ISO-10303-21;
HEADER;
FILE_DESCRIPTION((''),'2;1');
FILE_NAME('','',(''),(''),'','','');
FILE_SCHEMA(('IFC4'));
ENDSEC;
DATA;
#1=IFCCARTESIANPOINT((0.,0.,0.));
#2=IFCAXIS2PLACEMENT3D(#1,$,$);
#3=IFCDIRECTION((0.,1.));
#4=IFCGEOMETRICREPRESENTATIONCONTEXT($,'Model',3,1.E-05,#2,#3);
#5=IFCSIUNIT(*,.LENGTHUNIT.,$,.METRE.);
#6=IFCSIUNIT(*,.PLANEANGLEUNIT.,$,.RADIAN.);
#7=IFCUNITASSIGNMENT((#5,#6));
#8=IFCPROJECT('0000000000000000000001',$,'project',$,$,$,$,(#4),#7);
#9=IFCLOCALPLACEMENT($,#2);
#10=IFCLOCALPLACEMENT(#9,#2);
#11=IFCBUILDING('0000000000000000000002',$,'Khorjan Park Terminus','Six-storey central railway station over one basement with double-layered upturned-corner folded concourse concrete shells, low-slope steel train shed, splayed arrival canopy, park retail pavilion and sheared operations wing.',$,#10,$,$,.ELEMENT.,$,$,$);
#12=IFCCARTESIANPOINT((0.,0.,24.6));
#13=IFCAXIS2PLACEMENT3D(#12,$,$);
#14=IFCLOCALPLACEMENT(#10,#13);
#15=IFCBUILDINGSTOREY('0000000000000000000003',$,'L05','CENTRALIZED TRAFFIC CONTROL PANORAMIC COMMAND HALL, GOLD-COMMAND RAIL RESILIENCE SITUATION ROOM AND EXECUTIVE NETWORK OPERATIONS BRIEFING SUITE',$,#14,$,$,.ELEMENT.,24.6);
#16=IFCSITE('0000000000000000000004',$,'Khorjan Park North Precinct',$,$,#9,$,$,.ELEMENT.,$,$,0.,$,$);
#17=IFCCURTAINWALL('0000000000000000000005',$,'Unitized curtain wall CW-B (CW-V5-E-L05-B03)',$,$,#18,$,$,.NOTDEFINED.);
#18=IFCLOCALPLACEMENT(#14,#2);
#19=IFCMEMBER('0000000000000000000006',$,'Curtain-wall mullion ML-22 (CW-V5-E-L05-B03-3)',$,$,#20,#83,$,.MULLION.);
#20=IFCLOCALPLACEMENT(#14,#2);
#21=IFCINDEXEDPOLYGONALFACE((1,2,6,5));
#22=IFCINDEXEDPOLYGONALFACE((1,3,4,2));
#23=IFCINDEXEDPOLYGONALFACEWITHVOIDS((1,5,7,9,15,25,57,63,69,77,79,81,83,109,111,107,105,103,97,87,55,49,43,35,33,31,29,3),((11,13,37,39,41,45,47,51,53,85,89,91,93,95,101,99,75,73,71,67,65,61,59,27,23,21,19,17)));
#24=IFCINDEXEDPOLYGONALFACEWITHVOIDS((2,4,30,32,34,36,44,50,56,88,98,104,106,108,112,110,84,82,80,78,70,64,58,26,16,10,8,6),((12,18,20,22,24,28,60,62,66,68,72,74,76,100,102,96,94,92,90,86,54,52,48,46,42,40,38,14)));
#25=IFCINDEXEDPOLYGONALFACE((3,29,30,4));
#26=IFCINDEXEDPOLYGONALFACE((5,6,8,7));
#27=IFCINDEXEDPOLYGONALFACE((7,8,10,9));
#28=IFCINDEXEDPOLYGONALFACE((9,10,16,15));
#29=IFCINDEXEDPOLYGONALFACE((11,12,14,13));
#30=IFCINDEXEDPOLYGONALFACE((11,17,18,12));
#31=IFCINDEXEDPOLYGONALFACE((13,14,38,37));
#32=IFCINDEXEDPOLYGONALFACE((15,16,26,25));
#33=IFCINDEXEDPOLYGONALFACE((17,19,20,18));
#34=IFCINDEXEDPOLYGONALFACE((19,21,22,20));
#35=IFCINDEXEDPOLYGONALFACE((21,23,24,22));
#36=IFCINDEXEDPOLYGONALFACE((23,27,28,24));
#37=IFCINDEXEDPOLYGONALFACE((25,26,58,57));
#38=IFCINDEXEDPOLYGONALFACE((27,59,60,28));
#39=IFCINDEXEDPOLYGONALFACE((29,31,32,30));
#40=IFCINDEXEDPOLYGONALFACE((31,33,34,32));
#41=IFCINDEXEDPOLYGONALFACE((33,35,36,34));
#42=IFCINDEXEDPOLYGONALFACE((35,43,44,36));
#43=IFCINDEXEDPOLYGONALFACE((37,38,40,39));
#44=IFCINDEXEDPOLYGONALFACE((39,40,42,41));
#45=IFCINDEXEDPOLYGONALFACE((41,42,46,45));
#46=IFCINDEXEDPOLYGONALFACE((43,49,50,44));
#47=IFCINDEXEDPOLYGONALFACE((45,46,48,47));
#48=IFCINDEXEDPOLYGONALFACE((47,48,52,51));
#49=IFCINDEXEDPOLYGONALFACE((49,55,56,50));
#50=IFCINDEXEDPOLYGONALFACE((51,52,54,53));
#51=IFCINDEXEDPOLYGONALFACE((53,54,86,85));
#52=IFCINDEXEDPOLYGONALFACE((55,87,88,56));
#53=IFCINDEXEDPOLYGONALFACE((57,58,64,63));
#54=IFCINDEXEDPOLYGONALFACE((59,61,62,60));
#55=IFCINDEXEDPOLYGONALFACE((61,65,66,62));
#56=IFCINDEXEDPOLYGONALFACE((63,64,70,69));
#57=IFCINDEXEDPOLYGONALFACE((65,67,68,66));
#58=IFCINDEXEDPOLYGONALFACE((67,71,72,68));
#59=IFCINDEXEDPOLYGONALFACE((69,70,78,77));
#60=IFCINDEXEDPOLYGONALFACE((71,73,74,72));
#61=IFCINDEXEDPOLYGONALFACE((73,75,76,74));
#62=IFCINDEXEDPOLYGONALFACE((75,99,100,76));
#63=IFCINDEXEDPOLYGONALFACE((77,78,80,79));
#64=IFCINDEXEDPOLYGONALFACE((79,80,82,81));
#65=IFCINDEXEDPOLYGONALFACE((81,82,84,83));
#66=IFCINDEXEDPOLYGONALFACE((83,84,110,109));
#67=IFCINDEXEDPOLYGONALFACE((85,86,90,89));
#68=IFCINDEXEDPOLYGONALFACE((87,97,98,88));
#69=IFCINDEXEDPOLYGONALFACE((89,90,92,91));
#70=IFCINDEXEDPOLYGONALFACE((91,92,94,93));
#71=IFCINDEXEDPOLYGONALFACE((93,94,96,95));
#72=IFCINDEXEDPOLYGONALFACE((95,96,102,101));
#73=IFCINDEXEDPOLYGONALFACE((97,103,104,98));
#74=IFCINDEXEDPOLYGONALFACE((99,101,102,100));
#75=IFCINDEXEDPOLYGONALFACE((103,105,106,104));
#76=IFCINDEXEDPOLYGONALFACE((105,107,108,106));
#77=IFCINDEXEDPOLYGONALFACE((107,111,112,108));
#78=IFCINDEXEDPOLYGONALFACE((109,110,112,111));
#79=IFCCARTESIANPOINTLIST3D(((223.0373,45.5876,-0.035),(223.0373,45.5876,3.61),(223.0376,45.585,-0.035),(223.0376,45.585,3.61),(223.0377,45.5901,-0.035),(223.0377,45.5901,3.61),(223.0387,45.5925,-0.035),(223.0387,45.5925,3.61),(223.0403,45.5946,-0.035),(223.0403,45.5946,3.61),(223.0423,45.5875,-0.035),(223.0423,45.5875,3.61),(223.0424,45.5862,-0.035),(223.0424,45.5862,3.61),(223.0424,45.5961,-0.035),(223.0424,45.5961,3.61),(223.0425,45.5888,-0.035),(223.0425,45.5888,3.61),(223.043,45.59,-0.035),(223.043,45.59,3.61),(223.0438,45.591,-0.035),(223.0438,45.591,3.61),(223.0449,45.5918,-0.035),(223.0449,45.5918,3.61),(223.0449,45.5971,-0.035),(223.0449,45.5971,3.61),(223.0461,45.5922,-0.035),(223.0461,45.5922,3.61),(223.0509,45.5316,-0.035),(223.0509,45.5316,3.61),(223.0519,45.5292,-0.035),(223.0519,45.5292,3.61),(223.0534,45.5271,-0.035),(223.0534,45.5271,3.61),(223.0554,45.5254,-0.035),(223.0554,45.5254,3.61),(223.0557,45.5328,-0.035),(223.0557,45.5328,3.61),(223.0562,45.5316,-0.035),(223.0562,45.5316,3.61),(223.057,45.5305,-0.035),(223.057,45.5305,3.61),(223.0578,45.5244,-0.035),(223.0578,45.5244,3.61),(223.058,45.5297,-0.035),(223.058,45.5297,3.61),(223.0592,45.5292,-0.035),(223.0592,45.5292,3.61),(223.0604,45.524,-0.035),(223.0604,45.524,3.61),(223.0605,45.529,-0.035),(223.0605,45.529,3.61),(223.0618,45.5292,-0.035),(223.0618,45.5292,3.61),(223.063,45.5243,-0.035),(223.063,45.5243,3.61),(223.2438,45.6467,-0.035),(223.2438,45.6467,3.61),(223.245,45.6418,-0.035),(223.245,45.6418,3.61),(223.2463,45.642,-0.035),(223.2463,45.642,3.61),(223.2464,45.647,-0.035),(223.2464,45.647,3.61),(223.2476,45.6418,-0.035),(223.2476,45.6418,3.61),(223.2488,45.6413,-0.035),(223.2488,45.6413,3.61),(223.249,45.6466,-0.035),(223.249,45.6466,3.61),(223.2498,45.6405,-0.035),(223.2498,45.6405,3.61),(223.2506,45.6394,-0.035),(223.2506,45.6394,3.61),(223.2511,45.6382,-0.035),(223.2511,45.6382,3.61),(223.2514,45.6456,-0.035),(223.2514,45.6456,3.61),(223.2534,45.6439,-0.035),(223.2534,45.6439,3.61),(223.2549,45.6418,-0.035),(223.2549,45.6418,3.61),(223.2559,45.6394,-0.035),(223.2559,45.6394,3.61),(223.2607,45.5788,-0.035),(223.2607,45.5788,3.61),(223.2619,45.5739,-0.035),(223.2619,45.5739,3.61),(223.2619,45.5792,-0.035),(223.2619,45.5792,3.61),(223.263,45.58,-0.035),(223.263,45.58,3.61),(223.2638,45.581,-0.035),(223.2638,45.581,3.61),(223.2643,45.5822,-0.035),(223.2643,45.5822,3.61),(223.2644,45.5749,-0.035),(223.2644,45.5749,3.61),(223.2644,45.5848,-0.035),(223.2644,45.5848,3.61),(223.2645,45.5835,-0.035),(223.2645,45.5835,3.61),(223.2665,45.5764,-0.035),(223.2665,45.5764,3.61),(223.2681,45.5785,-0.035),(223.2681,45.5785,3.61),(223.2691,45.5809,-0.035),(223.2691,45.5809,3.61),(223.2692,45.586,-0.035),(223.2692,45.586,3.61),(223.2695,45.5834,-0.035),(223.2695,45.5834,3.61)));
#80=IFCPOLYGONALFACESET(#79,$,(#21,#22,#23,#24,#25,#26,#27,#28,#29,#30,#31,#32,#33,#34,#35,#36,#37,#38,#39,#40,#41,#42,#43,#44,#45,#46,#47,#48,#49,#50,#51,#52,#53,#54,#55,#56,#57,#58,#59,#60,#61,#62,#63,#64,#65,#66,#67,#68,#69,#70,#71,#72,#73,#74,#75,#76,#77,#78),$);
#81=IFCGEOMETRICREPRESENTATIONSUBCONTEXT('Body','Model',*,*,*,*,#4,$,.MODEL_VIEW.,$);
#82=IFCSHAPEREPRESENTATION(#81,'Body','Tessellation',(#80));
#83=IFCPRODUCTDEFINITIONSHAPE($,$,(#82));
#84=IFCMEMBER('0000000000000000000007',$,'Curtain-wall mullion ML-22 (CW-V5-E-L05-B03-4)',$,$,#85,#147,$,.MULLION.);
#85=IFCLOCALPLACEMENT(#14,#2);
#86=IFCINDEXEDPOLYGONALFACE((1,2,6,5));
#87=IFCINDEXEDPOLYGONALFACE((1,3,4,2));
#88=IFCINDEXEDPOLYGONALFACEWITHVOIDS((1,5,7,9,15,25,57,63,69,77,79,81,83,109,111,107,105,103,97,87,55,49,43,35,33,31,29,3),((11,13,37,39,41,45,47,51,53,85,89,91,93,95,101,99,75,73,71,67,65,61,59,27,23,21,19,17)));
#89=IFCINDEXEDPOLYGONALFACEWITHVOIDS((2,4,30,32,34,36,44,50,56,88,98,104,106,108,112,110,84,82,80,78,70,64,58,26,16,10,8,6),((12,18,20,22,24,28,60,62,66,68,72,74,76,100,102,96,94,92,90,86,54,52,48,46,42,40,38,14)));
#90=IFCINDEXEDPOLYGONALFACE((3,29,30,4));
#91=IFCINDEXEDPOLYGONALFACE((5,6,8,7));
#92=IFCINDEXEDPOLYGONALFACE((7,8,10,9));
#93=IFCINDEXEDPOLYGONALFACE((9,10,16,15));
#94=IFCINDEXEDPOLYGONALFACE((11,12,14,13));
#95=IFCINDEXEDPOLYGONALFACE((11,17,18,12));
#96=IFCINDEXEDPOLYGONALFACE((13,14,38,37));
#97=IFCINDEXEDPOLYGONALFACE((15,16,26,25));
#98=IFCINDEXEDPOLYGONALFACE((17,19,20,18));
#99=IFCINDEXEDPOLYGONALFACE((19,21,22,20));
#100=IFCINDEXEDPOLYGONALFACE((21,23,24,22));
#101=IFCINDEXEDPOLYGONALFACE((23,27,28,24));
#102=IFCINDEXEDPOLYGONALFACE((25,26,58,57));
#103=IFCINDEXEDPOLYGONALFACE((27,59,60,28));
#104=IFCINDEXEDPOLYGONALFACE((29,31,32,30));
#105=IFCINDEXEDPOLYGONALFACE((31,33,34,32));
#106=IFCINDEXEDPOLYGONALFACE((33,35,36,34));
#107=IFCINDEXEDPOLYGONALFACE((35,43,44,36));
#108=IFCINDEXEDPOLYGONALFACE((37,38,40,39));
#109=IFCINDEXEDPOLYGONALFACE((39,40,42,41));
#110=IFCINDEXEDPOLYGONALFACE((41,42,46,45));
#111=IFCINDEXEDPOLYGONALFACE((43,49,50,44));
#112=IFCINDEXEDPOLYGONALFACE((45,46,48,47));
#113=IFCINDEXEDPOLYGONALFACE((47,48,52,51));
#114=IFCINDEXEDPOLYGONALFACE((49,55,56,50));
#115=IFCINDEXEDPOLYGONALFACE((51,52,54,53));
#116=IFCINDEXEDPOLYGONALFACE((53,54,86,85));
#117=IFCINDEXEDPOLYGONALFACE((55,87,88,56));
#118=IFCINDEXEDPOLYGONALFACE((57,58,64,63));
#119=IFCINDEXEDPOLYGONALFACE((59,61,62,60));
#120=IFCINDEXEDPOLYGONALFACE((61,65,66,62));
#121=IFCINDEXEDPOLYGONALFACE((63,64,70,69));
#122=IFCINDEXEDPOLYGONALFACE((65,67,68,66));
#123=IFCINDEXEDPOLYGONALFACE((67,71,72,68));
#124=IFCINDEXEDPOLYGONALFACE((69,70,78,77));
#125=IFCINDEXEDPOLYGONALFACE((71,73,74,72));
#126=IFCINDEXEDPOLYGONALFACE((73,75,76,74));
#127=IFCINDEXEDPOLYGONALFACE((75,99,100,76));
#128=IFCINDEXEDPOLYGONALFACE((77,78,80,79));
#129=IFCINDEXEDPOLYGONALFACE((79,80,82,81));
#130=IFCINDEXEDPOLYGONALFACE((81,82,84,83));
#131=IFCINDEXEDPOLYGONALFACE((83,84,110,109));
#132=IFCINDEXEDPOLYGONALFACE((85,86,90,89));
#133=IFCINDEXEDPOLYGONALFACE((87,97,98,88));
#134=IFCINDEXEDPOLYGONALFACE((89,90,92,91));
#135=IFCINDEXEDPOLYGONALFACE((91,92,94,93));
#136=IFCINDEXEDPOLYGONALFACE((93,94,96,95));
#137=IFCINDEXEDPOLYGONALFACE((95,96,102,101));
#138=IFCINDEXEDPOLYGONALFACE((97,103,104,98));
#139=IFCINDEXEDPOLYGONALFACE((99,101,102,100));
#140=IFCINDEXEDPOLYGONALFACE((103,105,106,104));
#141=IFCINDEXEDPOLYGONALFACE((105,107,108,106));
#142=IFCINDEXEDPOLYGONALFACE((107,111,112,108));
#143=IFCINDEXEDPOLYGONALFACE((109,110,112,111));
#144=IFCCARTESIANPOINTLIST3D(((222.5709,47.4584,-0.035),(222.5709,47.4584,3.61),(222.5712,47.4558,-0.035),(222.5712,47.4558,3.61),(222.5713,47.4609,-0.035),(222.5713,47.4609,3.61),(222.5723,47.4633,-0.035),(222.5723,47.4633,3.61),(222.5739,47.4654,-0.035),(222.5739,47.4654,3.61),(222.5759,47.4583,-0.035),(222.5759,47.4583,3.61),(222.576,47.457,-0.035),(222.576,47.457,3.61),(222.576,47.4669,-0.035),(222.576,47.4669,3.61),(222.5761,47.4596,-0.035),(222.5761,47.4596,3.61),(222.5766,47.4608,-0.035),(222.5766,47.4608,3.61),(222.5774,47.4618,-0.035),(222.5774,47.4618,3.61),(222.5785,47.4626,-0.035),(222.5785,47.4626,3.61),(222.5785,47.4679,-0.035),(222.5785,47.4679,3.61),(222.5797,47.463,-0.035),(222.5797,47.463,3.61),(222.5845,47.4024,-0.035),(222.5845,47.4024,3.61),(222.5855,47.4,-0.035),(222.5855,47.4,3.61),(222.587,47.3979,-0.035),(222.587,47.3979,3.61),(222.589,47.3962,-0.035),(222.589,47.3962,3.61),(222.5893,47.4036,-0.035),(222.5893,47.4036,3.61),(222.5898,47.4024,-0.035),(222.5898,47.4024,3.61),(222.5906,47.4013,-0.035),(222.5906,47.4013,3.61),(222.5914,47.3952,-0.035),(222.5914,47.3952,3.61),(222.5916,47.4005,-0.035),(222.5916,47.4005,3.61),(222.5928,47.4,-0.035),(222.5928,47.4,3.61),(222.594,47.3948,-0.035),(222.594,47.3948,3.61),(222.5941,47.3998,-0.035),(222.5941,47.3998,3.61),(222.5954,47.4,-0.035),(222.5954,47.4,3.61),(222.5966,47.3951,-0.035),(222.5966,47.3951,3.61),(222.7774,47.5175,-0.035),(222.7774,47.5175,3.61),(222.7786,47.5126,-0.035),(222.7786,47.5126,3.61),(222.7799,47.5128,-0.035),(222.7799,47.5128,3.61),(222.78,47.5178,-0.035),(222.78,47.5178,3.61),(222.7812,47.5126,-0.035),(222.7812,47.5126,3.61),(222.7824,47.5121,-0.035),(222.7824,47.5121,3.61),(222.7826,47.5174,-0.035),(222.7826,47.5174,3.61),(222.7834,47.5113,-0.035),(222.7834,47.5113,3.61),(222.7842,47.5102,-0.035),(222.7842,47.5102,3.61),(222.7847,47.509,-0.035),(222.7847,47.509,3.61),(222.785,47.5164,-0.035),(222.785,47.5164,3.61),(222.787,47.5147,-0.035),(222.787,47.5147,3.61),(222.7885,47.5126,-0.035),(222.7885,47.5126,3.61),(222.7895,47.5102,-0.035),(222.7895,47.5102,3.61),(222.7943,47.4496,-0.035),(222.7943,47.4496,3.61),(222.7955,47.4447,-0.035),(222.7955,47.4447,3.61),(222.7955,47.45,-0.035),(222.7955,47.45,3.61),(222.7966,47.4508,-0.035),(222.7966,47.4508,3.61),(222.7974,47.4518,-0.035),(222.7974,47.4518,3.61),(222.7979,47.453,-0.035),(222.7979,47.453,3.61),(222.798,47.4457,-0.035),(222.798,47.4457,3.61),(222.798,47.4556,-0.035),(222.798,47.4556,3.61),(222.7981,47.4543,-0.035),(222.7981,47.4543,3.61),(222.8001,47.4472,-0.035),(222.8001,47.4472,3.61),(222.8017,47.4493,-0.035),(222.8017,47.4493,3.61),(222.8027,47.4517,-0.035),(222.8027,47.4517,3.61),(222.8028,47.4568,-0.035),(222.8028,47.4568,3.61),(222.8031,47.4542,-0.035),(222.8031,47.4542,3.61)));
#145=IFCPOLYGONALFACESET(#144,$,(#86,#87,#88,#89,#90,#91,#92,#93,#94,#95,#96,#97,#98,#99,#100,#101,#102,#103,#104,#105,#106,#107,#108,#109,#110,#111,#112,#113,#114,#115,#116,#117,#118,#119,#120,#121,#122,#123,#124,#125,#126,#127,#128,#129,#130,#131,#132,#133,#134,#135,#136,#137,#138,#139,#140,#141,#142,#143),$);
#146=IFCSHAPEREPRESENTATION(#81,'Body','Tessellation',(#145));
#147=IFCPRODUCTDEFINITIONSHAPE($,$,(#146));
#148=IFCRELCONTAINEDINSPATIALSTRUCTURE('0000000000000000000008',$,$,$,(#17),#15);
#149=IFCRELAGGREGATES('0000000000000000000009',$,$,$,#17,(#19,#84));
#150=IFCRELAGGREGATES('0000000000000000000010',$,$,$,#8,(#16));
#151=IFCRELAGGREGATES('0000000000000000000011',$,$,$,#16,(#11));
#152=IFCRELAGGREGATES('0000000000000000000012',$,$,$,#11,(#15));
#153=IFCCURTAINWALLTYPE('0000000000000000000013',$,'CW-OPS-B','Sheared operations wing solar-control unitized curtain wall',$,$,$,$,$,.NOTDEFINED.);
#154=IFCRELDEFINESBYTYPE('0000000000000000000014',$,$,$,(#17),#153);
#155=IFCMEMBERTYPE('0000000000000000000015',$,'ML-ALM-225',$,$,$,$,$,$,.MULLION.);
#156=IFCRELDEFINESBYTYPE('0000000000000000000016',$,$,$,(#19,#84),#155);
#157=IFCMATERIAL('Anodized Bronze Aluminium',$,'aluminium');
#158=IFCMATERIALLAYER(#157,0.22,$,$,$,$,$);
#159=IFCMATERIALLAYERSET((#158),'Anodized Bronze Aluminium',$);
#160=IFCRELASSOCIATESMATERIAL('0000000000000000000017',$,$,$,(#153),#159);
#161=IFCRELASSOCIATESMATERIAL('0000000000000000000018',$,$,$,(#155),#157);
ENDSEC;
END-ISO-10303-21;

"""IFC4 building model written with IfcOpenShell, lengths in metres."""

from ifc_helpers import new_model, si_unit, direction, frame, origin, origin_2d, place, context, subcontext, project, spatial, hollow_rectangle, extrude, material, layer, layer_set, material_profile, profile_set, type_object, element, aggregate, save


model = new_model("IFC4")

# Units and contexts
model_context = context("Model", 3, precision=1e-05, world=origin(), true_north=direction((0.0, 1.0)))
body_context = subcontext(model_context, "Body", "Model", "MODEL_VIEW")
ifc_project = project(units=[si_unit("LENGTHUNIT", "METRE"), si_unit("PLANEANGLEUNIT", "RADIAN")], contexts=[model_context])

# Site, building, storey
site_placement = place(None, origin())
site = spatial("IfcSite", under=ifc_project, at=site_placement, Name="Khorjan Park North Precinct", CompositionType="ELEMENT", RefElevation=0.0)
building_placement = place(site_placement, origin())
building = spatial("IfcBuilding", under=site, at=building_placement, Name="Khorjan Park Terminus", Description="Six-storey central railway station over one basement with double-layered upturned-corner folded concourse concrete shells, low-slope steel train shed, splayed arrival canopy, park retail pavilion and sheared operations wing.", CompositionType="ELEMENT")
storey_placement = place(building_placement, frame((0.0, 0.0, 24.6)))
storey = spatial("IfcBuildingStorey", under=building, at=storey_placement, Name="L05", Description="CENTRALIZED TRAFFIC CONTROL PANORAMIC COMMAND HALL, GOLD-COMMAND RAIL RESILIENCE SITUATION ROOM AND EXECUTIVE NETWORK OPERATIONS BRIEFING SUITE", CompositionType="ELEMENT", Elevation=24.6)

# Curtain wall, members
ifc_material_1 = material(Name="Anodized Bronze Aluminium", Category="aluminium")
ifc_layer_1 = layer(ifc_material_1, 0.22)
ifc_layer_set_1 = layer_set([ifc_layer_1], Name="Anodized Bronze Aluminium")
curtain_wall_type = type_object("IfcCurtainWallType", Name="CW-OPS-B", Description="Sheared operations wing solar-control unitized curtain wall", PredefinedType="NOTDEFINED", material=ifc_layer_set_1)
curtain_wall_placement = place(storey_placement, origin())
curtain_wall = element("IfcCurtainWall", 1, at=curtain_wall_placement, inside=storey, type_object=curtain_wall_type, Name="Unitized curtain wall CW-B (CW-V5-E-L05-B03)", PredefinedType="NOTDEFINED")
ifc_material_profile_1 = material_profile(ifc_material_1, hollow_rectangle(XDim=0.075, YDim=0.225, WallThickness=0.005, InnerFilletRadius=0.005, OuterFilletRadius=0.01, at=origin_2d()), Name="ALM 75x225x5")
ifc_profile_set_1 = profile_set([ifc_material_profile_1], Name="Anodized Bronze Aluminium")
member_type_1 = type_object("IfcMemberType", Name="ML-ALM-225", PredefinedType="MULLION", material=ifc_profile_set_1)
member_1_placement = place(storey_placement, frame((223.1534, 45.5855, -0.035), z_axis=(0.0, 0.0, 1.0), x_axis=(-0.241923, 0.970295, 0.0)))
member_1 = element("IfcMember", 2, at=member_1_placement, type_object=member_type_1, Name="Curtain-wall mullion ML-22 (CW-V5-E-L05-B03-3)", PredefinedType="MULLION", context=body_context, shape_type="SweptSolid", body=[
    extrude(hollow_rectangle(XDim=0.075, YDim=0.225, WallThickness=0.005, InnerFilletRadius=0.005, OuterFilletRadius=0.01, at=origin_2d()), origin(), (0.0, 0.0, 1.0), 3.645),
])
member_2_placement = place(storey_placement, frame((222.687, 47.4563, -0.035), z_axis=(0.0, 0.0, 1.0), x_axis=(-0.241923, 0.970295, 0.0)))
member_2 = element("IfcMember", 3, at=member_2_placement, type_object=member_type_1, Name="Curtain-wall mullion ML-22 (CW-V5-E-L05-B03-4)", PredefinedType="MULLION", context=body_context, shape_type="SweptSolid", body=[
    extrude(hollow_rectangle(XDim=0.075, YDim=0.225, WallThickness=0.005, InnerFilletRadius=0.005, OuterFilletRadius=0.01, at=origin_2d()), origin(), (0.0, 0.0, 1.0), 3.645),
])
aggregate(curtain_wall, [member_1, member_2])

save(model, "model.ifc")
